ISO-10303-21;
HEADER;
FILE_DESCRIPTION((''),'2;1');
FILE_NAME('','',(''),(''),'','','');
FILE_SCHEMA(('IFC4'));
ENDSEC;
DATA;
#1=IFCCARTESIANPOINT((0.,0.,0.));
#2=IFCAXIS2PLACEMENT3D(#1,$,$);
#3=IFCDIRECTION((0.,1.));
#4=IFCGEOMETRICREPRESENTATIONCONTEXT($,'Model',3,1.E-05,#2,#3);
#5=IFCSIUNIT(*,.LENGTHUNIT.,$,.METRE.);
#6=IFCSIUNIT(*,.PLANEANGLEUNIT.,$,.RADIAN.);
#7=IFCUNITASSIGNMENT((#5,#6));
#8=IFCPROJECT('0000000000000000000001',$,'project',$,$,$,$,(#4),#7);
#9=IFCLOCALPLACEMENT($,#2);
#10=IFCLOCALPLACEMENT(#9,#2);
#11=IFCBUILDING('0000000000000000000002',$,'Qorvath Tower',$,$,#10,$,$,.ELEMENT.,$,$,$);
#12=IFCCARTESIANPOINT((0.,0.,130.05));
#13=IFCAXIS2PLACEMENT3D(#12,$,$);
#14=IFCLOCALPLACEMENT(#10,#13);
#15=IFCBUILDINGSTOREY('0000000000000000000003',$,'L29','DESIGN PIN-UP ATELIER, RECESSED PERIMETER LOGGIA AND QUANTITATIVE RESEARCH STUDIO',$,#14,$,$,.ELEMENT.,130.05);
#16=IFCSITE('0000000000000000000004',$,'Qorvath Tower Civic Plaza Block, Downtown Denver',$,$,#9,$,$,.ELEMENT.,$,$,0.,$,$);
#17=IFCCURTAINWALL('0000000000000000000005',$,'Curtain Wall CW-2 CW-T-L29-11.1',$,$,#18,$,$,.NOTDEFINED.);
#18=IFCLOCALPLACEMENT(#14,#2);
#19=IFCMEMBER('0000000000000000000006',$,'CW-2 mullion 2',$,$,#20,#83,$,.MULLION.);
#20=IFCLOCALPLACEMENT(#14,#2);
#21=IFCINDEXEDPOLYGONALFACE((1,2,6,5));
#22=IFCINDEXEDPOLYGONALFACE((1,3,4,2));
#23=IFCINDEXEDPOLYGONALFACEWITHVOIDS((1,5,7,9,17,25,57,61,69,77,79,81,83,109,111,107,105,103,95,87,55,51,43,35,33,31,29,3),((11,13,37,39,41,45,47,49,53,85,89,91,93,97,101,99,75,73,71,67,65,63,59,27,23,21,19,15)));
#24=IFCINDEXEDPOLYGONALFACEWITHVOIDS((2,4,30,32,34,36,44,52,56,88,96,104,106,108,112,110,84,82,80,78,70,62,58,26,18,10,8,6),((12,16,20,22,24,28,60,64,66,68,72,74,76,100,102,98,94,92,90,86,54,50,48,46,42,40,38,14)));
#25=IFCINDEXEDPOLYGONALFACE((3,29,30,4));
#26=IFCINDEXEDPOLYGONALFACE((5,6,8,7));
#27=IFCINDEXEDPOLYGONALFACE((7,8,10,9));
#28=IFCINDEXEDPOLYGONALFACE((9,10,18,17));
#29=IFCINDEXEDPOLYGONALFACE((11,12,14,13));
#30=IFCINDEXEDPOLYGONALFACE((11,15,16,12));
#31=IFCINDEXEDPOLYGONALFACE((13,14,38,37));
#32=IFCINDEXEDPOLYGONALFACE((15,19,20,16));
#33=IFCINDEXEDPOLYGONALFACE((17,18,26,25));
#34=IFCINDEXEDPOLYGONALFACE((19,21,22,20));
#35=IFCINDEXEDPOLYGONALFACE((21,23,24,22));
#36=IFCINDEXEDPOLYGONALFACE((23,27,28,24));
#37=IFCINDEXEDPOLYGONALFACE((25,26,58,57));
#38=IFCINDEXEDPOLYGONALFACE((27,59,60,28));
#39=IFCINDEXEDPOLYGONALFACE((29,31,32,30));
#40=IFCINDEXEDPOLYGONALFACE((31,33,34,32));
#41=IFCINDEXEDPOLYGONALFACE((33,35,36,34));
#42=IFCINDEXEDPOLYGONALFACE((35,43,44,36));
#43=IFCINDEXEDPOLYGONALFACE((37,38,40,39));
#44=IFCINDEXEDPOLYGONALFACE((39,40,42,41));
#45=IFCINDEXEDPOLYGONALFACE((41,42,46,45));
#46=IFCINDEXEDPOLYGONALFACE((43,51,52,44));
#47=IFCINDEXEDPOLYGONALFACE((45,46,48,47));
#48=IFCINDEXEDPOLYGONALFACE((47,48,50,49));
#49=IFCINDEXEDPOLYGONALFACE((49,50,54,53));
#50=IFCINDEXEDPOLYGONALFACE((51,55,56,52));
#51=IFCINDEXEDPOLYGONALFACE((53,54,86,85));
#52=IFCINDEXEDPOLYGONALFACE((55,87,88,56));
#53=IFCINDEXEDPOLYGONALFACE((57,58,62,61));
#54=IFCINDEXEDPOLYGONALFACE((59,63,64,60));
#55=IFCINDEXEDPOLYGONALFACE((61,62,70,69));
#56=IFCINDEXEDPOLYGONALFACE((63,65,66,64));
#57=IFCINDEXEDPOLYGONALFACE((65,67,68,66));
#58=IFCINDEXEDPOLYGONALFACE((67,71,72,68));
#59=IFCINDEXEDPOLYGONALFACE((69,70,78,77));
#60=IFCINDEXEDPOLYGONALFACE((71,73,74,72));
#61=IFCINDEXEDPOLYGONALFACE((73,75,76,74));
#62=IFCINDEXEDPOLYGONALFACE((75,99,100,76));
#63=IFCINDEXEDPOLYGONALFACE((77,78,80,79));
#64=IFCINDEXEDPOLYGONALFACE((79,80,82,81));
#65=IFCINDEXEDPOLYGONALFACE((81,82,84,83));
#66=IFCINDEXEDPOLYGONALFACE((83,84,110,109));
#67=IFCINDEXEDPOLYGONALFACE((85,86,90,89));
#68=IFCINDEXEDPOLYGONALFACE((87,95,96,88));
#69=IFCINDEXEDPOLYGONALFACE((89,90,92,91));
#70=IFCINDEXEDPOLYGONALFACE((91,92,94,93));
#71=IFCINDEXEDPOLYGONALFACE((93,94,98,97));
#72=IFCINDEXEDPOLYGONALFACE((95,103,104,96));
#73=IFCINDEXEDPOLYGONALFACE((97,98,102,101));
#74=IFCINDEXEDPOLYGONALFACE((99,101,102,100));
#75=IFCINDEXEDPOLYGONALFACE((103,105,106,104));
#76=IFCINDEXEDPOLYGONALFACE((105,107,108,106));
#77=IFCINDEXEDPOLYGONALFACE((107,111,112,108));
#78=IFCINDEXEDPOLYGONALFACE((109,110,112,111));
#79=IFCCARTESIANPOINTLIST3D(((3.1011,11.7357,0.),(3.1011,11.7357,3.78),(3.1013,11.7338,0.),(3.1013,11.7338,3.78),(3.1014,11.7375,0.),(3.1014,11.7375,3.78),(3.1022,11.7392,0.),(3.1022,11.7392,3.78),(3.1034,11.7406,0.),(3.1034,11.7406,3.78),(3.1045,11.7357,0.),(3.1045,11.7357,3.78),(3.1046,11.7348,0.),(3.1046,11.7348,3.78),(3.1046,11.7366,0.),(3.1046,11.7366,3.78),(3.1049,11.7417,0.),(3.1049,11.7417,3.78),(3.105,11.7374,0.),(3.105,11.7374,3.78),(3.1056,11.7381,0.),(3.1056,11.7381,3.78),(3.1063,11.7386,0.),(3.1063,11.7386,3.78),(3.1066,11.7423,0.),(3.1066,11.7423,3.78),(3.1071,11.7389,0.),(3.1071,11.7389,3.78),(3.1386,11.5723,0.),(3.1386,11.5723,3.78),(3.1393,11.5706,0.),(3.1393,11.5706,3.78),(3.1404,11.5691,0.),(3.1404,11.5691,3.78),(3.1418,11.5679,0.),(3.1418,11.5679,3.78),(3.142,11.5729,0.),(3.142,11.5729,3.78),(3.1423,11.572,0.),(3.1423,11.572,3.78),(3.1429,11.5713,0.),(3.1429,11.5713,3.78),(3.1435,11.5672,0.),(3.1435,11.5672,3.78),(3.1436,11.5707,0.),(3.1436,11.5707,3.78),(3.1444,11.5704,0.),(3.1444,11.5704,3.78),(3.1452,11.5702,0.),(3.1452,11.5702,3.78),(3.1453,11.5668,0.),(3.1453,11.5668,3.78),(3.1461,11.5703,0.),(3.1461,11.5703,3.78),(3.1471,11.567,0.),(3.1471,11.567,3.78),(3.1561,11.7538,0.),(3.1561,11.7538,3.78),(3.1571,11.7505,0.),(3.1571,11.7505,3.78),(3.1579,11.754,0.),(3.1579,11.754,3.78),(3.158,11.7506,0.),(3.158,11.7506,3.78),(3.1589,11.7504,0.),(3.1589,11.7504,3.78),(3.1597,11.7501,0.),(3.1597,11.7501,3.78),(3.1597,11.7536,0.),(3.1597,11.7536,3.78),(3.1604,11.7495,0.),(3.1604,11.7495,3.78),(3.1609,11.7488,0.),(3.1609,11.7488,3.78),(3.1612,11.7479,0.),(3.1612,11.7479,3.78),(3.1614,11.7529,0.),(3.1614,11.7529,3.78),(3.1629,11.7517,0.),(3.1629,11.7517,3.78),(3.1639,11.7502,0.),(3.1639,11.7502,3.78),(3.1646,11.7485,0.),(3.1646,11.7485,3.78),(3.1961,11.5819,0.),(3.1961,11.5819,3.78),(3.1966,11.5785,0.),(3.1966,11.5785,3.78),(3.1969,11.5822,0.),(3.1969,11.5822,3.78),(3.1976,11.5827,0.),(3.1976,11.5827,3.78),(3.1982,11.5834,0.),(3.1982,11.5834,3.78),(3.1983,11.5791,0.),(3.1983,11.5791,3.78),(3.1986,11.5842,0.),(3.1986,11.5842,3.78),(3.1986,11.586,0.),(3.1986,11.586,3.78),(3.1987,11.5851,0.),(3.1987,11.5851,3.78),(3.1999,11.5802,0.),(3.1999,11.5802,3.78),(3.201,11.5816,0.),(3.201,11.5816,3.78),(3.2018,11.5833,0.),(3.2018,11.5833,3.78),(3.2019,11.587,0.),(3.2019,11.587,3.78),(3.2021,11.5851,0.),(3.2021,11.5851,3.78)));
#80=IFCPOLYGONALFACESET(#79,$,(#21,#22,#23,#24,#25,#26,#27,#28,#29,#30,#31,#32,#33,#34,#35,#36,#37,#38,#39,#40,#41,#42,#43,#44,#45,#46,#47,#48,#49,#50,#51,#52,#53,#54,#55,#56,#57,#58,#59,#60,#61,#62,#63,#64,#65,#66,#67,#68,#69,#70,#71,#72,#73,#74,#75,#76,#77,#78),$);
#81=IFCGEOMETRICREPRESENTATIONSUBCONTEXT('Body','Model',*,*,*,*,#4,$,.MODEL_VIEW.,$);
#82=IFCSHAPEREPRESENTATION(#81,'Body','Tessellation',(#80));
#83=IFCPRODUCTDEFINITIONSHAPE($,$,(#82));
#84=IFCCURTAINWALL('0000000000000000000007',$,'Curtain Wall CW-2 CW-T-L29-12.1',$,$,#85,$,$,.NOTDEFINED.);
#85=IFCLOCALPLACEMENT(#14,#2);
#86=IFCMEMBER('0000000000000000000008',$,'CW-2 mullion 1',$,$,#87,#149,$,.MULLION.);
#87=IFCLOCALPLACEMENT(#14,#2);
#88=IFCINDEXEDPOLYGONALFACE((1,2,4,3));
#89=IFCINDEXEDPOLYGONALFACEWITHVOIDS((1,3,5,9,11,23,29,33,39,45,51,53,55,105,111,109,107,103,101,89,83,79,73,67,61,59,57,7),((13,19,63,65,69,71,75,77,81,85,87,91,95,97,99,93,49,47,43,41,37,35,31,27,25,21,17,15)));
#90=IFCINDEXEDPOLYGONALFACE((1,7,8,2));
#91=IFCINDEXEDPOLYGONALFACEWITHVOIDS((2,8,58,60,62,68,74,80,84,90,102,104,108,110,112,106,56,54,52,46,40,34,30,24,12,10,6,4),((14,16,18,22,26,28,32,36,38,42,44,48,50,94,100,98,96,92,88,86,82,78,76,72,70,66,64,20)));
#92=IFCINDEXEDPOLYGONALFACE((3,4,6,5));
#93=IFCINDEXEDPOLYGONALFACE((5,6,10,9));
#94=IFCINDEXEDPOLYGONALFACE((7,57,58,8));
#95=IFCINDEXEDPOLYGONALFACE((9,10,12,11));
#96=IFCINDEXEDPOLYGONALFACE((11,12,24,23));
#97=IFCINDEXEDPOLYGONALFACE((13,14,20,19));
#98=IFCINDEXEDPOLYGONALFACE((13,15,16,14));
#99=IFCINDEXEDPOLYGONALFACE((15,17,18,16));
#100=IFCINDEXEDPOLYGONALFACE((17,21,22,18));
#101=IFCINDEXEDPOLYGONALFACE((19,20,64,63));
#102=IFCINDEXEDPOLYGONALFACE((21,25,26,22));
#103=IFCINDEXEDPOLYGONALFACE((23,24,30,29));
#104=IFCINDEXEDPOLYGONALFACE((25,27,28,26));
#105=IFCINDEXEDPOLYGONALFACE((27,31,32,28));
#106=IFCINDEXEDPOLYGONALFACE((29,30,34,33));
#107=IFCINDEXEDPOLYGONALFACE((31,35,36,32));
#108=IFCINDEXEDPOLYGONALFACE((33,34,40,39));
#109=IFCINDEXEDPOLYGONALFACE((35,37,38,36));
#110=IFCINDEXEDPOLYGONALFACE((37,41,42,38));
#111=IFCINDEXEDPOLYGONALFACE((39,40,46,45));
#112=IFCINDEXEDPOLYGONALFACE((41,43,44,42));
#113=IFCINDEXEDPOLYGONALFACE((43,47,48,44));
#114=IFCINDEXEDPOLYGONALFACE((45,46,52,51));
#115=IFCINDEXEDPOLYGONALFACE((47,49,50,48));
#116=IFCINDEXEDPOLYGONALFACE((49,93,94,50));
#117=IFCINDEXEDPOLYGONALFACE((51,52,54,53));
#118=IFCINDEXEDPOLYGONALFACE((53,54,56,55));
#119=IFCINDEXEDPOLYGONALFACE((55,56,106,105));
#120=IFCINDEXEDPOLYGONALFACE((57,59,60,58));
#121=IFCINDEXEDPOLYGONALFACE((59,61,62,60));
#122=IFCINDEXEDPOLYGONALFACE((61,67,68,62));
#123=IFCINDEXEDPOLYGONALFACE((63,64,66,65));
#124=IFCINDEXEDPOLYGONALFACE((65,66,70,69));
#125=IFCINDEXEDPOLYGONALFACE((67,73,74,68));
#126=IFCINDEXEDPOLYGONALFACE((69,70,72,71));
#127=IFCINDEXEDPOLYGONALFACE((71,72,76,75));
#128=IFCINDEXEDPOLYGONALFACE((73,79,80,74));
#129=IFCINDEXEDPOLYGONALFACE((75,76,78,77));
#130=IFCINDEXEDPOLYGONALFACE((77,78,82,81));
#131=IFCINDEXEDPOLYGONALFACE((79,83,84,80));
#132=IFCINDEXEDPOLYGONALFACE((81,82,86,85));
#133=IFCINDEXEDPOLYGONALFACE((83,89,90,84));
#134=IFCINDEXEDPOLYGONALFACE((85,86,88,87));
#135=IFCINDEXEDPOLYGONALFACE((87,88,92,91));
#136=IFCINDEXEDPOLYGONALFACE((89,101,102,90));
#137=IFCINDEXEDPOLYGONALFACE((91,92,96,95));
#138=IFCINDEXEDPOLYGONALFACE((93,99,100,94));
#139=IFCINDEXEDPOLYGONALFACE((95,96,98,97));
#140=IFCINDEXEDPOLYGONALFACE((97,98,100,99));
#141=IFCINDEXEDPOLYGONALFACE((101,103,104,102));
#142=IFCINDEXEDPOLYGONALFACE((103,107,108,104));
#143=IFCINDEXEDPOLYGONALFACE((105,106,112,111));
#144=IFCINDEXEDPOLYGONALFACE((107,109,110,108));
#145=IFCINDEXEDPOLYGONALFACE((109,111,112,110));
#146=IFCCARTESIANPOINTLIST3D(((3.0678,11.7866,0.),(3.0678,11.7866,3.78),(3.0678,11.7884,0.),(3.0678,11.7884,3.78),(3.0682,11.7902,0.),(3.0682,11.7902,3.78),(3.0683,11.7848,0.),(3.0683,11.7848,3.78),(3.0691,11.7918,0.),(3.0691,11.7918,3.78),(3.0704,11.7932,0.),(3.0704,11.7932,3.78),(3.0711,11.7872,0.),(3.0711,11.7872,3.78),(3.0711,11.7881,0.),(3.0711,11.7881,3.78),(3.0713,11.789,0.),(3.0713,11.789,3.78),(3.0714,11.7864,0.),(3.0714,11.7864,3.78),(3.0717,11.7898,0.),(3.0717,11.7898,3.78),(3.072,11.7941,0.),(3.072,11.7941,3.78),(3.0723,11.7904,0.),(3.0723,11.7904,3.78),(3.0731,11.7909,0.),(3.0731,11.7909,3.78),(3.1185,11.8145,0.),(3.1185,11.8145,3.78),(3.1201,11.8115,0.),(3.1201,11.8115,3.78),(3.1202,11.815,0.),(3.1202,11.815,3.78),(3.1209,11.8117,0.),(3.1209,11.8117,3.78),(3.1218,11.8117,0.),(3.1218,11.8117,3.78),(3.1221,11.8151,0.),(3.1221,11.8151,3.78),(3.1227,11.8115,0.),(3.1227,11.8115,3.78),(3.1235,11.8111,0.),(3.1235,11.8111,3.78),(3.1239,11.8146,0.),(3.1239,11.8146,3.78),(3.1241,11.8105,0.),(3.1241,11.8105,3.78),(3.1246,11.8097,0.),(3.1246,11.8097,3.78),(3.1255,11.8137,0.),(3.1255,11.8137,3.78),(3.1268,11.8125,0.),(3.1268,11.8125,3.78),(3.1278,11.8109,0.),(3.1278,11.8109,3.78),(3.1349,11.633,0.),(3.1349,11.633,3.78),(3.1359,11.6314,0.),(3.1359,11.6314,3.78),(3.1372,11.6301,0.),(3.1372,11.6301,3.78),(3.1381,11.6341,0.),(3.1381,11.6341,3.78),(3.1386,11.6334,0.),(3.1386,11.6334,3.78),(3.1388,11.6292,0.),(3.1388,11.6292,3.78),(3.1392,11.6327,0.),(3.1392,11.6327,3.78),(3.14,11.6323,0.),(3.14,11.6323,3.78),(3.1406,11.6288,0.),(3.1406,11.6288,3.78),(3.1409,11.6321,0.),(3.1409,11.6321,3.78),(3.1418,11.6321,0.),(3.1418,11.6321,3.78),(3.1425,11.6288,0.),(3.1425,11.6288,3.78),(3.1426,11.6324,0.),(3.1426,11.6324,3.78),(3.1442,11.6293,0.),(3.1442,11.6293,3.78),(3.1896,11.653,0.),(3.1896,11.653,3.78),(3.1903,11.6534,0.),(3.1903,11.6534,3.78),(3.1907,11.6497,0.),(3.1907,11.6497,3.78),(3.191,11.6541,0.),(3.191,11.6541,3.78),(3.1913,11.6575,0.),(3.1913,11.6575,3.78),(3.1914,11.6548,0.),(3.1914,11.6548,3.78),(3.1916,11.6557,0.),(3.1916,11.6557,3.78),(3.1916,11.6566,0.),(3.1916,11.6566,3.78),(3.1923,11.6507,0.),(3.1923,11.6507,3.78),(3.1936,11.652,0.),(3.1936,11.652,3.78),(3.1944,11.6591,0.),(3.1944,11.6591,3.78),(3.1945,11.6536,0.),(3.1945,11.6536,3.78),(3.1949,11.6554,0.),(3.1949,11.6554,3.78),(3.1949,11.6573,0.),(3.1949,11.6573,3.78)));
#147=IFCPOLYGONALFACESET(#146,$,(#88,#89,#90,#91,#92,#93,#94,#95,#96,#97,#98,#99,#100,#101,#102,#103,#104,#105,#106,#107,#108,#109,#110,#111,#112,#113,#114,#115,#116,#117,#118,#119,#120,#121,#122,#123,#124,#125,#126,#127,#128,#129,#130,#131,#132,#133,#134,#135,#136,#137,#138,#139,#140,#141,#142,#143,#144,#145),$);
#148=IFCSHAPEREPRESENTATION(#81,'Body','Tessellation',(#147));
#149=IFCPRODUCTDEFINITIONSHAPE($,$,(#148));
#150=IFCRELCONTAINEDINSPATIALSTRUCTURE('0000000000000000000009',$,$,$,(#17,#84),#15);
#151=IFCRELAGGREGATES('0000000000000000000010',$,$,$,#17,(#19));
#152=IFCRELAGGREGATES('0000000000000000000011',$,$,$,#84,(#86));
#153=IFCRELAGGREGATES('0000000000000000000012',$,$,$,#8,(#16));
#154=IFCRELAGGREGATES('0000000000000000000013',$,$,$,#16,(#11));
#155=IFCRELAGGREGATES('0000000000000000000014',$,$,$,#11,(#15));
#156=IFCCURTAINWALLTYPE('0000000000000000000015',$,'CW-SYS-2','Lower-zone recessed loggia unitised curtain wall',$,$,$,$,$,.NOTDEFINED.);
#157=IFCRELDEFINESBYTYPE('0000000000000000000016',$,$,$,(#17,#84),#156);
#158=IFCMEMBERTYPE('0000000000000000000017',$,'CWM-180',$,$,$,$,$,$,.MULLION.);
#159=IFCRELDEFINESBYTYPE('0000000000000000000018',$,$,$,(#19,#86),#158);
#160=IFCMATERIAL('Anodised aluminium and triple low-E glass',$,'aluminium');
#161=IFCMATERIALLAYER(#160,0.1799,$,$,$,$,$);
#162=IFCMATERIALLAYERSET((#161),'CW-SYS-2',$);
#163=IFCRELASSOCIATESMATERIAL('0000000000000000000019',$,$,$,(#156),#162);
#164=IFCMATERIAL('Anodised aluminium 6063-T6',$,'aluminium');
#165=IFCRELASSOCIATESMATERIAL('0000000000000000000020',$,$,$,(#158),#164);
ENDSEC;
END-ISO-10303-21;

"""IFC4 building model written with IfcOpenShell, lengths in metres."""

from ifc_helpers import new_model, si_unit, direction, frame, origin, origin_2d, place, context, subcontext, project, spatial, hollow_rectangle, extrude, material, layer, layer_set, material_profile, profile_set, type_object, element, aggregate, save


model = new_model("IFC4")

# Units and contexts
model_context = context("Model", 3, precision=1e-05, world=origin(), true_north=direction((0.0, 1.0)))
body_context = subcontext(model_context, "Body", "Model", "MODEL_VIEW")
ifc_project = project(units=[si_unit("LENGTHUNIT", "METRE"), si_unit("PLANEANGLEUNIT", "RADIAN")], contexts=[model_context])

# Site, building, storey
site_placement = place(None, origin())
site = spatial("IfcSite", under=ifc_project, at=site_placement, Name="Qorvath Tower Civic Plaza Block, Downtown Denver", CompositionType="ELEMENT", RefElevation=0.0)
building_placement = place(site_placement, origin())
building = spatial("IfcBuilding", under=site, at=building_placement, Name="Qorvath Tower", CompositionType="ELEMENT")
storey_placement = place(building_placement, frame((0.0, 0.0, 130.05)))
storey = spatial("IfcBuildingStorey", under=building, at=storey_placement, Name="L29", Description="DESIGN PIN-UP ATELIER, RECESSED PERIMETER LOGGIA AND QUANTITATIVE RESEARCH STUDIO", CompositionType="ELEMENT", Elevation=130.05)

# Curtain wall, member
ifc_material_1 = material(Name="Anodised aluminium and triple low-E glass", Category="aluminium")
ifc_layer_1 = layer(ifc_material_1, 0.1799)
ifc_layer_set_1 = layer_set([ifc_layer_1], Name="CW-SYS-2")
curtain_wall_type = type_object("IfcCurtainWallType", Name="CW-SYS-2", Description="Lower-zone recessed loggia unitised curtain wall", PredefinedType="NOTDEFINED", material=ifc_layer_set_1)
curtain_wall_1_placement = place(storey_placement, origin())
curtain_wall_1 = element("IfcCurtainWall", 1, at=curtain_wall_1_placement, inside=storey, type_object=curtain_wall_type, Name="Curtain Wall CW-2 CW-T-L29-11.1", PredefinedType="NOTDEFINED")
ifc_material_2 = material(Name="Anodised aluminium 6063-T6", Category="aluminium")
ifc_material_profile_1 = material_profile(ifc_material_2, hollow_rectangle(XDim=0.0649, YDim=0.1799, WallThickness=0.0034, InnerFilletRadius=0.0034, OuterFilletRadius=0.0071, at=origin_2d()), Name="CWM 180x65")
ifc_profile_set_1 = profile_set([ifc_material_profile_1], Name="Anodised aluminium 6063-T6")
member_type_1 = type_object("IfcMemberType", Name="CWM-180", PredefinedType="MULLION", material=ifc_profile_set_1)
member_1_placement = place(storey_placement, frame((3.1516, 11.6604, 0.0), z_axis=(0.0, 0.0, 1.0), x_axis=(-0.974296, -0.22527, 0.0)))
member_1 = element("IfcMember", 2, at=member_1_placement, type_object=member_type_1, Name="CW-2 mullion 2", PredefinedType="MULLION", context=body_context, shape_type="SweptSolid", body=[
    extrude(hollow_rectangle(XDim=0.0649, YDim=0.1799, WallThickness=0.0034, InnerFilletRadius=0.0034, OuterFilletRadius=0.0071, at=origin_2d()), origin(), (0.0, 0.0, 1.0), 3.78),
])

# Curtain wall, member
curtain_wall_2_placement = place(storey_placement, origin())
curtain_wall_2 = element("IfcCurtainWall", 3, at=curtain_wall_2_placement, inside=storey, type_object=curtain_wall_type, Name="Curtain Wall CW-2 CW-T-L29-12.1", PredefinedType="NOTDEFINED")
member_2_placement = place(storey_placement, frame((3.1313, 11.7219, 0.0), z_axis=(0.0, 0.0, 1.0), x_axis=(-0.915794, -0.401649, 0.0)))
member_2 = element("IfcMember", 4, at=member_2_placement, type_object=member_type_1, Name="CW-2 mullion 1", PredefinedType="MULLION", context=body_context, shape_type="SweptSolid", body=[
    extrude(hollow_rectangle(XDim=0.0649, YDim=0.1799, WallThickness=0.0034, InnerFilletRadius=0.0034, OuterFilletRadius=0.0071, at=origin_2d()), origin(), (0.0, 0.0, 1.0), 3.78),
])

aggregate(curtain_wall_1, [member_1])
aggregate(curtain_wall_2, [member_2])

save(model, "model.ifc")
